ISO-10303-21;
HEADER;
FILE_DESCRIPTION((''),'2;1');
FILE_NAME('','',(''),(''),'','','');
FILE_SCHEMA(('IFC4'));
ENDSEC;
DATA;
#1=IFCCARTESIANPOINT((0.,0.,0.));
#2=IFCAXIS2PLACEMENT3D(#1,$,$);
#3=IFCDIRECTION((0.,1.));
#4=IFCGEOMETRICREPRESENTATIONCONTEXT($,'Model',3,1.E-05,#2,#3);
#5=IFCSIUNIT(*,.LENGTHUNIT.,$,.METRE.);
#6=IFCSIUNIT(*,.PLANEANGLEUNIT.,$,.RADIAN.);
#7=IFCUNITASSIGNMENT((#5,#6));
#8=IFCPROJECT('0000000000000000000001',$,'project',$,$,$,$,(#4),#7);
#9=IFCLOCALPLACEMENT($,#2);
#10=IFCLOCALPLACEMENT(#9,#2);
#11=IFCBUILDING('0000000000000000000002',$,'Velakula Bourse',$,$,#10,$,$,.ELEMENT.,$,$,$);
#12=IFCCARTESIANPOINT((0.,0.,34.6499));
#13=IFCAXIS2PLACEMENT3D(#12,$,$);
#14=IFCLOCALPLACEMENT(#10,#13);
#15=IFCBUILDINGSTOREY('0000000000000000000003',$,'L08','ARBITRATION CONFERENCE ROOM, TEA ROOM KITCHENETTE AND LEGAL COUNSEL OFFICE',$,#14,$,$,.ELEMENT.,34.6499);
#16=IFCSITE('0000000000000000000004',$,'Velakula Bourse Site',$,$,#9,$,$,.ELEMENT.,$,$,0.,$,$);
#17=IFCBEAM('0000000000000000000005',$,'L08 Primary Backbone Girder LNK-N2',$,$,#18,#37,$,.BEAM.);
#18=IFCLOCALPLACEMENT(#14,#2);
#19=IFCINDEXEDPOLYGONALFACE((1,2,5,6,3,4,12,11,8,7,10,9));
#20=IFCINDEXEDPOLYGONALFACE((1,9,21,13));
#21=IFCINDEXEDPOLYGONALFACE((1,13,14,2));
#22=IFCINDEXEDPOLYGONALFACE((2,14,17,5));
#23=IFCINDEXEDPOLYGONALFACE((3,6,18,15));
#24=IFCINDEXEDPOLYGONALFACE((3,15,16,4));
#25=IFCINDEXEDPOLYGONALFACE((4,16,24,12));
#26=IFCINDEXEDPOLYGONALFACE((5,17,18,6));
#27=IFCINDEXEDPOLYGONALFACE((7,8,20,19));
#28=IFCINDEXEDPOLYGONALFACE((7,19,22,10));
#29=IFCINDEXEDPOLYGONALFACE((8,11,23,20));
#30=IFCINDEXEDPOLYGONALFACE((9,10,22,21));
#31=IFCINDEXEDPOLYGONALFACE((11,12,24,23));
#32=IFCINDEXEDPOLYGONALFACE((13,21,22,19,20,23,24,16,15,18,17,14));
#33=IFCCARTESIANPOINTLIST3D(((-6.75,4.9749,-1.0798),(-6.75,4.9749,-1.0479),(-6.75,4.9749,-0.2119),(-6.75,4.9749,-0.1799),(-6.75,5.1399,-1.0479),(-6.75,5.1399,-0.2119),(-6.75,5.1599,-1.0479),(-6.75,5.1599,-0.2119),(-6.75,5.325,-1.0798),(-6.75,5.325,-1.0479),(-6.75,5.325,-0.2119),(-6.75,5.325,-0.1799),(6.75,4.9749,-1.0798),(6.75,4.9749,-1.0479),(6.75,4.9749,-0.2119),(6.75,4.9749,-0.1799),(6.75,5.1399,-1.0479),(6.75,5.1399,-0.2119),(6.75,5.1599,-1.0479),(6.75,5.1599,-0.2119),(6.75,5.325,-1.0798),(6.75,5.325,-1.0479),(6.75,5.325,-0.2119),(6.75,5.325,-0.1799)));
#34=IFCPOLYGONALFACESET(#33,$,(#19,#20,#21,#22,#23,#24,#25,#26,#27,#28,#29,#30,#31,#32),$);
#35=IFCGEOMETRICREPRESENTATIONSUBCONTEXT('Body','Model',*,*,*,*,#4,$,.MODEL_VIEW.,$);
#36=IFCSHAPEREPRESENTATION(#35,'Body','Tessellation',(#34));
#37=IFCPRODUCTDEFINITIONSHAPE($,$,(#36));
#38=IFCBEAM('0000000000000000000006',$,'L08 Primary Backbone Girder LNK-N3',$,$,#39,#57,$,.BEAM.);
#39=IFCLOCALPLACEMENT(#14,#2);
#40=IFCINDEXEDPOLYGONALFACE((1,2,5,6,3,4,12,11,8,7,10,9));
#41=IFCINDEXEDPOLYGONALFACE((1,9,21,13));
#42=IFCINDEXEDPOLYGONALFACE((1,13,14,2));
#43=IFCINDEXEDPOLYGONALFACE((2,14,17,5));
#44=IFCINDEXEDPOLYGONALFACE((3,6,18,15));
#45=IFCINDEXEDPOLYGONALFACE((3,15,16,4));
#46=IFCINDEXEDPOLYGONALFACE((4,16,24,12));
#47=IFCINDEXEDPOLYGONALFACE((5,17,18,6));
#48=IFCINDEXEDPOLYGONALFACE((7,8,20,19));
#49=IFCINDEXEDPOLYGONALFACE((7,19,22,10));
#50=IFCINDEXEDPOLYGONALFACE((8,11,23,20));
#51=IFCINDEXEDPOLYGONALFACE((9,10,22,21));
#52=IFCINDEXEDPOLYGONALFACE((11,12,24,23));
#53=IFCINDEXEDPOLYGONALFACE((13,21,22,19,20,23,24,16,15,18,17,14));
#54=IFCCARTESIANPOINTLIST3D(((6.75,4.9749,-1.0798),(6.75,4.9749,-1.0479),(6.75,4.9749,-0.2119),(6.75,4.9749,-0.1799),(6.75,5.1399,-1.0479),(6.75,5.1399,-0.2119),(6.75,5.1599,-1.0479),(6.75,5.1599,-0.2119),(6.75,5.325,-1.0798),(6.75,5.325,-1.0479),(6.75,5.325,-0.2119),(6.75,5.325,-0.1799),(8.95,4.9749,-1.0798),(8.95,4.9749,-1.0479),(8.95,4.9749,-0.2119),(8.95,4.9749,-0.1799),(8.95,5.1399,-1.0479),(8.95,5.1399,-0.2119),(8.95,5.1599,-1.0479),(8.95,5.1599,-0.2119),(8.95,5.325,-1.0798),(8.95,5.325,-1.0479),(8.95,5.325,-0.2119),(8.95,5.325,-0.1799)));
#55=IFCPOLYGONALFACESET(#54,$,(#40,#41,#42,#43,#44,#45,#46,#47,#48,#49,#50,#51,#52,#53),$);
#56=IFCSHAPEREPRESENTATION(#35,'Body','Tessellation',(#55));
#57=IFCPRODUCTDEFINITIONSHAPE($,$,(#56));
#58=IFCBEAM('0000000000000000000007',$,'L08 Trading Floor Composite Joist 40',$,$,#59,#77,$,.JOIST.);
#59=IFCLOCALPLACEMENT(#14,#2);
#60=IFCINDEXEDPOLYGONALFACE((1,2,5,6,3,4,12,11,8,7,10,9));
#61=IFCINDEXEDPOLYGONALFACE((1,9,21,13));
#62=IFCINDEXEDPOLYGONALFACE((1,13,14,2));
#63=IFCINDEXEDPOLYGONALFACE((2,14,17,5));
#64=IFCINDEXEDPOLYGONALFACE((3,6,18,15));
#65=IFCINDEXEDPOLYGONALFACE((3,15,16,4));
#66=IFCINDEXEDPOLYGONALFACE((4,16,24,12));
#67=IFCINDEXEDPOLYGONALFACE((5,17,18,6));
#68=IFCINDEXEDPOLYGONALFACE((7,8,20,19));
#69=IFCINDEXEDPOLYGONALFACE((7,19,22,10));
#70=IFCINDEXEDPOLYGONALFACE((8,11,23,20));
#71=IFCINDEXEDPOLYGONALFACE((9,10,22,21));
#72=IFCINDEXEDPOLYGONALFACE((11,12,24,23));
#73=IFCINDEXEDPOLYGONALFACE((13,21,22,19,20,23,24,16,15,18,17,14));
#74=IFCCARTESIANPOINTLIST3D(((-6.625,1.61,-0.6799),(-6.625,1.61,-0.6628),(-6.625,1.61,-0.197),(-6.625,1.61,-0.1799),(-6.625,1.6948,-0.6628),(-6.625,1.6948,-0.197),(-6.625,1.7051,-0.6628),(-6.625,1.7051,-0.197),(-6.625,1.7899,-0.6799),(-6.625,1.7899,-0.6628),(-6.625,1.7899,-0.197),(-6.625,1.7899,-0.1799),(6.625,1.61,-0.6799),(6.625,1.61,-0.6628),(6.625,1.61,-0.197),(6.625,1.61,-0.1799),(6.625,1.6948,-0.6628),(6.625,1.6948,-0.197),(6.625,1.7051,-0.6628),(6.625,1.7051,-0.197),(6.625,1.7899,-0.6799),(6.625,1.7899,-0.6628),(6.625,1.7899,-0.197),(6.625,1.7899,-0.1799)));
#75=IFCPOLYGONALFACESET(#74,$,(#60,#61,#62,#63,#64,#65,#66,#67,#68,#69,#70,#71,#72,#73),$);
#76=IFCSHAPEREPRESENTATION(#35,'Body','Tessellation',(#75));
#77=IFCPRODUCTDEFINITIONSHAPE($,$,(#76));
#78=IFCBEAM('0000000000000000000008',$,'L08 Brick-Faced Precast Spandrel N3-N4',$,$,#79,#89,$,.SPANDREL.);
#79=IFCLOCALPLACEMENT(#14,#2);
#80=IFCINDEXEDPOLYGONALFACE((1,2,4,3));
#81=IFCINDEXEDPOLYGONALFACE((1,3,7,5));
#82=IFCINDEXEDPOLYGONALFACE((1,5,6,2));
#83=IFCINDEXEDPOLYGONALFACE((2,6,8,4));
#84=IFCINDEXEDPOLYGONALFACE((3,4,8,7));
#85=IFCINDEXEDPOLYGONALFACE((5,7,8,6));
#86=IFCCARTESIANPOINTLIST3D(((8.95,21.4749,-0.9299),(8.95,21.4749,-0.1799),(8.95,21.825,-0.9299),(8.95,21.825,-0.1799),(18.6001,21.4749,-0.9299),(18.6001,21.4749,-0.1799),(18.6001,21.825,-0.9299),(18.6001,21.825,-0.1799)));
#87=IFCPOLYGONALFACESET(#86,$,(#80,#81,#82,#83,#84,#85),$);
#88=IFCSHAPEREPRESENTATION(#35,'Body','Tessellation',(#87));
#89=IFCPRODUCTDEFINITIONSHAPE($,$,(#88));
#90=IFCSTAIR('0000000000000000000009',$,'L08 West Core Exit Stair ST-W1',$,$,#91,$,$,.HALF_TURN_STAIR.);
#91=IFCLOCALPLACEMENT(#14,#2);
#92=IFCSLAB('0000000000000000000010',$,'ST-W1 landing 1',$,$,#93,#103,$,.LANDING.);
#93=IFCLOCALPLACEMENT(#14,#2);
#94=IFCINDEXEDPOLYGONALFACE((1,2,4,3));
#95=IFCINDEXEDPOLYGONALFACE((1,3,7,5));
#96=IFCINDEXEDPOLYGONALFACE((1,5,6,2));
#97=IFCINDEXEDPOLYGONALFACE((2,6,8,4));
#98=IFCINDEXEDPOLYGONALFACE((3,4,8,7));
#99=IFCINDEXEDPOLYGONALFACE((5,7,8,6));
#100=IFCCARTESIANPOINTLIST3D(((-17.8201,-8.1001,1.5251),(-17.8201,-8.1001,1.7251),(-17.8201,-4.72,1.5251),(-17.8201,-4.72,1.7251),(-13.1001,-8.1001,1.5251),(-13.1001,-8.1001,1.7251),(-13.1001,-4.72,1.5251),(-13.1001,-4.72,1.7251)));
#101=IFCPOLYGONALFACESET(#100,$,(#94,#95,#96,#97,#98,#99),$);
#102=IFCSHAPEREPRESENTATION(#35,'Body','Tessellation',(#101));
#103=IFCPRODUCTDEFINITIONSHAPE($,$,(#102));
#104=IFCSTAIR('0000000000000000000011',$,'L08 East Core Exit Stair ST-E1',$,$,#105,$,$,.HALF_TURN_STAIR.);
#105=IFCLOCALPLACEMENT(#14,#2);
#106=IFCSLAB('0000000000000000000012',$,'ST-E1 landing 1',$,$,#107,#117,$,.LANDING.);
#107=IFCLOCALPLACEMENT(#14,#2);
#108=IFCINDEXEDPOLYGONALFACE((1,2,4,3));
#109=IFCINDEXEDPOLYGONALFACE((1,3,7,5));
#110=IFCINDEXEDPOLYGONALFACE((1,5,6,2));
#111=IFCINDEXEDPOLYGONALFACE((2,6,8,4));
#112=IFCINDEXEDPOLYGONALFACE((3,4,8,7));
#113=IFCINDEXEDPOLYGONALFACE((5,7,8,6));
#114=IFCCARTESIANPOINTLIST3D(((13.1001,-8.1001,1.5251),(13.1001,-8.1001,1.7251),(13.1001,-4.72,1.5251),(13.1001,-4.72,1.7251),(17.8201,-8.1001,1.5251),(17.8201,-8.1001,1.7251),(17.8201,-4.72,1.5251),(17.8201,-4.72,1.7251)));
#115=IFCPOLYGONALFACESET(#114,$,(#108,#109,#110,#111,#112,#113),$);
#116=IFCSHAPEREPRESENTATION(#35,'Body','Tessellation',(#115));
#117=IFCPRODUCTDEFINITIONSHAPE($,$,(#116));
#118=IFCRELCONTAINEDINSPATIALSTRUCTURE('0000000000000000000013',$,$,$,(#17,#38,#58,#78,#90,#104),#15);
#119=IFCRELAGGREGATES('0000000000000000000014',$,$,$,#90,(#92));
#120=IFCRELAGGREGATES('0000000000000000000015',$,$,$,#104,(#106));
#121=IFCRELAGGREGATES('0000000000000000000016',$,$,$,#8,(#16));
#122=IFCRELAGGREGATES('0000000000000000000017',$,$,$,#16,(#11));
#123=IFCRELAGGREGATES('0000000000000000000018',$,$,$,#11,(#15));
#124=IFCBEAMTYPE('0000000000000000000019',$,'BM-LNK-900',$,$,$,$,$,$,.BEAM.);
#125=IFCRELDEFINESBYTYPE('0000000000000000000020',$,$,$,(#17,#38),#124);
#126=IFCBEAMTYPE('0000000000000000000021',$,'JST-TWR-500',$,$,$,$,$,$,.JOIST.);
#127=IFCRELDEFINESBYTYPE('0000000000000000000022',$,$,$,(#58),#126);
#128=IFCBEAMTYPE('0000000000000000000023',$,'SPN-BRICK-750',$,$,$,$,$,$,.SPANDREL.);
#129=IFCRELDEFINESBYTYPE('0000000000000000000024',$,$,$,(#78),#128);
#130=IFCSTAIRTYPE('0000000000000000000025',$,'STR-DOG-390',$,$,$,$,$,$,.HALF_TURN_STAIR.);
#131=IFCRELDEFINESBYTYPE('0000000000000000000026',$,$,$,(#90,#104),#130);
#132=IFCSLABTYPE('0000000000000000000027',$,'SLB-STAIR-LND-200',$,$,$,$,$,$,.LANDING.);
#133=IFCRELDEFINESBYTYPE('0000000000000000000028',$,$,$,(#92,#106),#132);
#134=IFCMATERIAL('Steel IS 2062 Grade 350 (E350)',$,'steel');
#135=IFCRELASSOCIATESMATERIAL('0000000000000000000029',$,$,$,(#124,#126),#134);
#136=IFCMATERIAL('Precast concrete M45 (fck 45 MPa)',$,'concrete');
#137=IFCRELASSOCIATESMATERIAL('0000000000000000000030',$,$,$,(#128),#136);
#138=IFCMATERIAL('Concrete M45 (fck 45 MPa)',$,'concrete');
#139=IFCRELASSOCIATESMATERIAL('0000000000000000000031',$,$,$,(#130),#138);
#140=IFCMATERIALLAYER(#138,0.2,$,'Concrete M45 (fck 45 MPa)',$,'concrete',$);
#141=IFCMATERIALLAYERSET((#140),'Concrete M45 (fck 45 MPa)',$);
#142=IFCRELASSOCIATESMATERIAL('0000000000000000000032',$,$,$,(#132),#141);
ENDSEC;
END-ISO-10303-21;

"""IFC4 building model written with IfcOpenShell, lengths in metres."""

from ifc_helpers import new_model, si_unit, direction, frame, origin, origin_2d, place, context, subcontext, project, spatial, polyline, rectangle, i_section, outline, extrude, material, layer, layer_set, material_profile, profile_set, type_object, element, aggregate, save


model = new_model("IFC4")

# Units and contexts
model_context = context("Model", 3, precision=1e-05, world=origin(), true_north=direction((0.0, 1.0)))
body_context = subcontext(model_context, "Body", "Model", "MODEL_VIEW")
ifc_project = project(units=[si_unit("LENGTHUNIT", "METRE"), si_unit("PLANEANGLEUNIT", "RADIAN")], contexts=[model_context])

# Site, building, storey
site_placement = place(None, origin())
site = spatial("IfcSite", under=ifc_project, at=site_placement, Name="Velakula Bourse Site", CompositionType="ELEMENT", RefElevation=0.0)
building_placement = place(site_placement, origin())
building = spatial("IfcBuilding", under=site, at=building_placement, Name="Velakula Bourse", CompositionType="ELEMENT")
storey_placement = place(building_placement, frame((0.0, 0.0, 34.6499)))
storey = spatial("IfcBuildingStorey", under=building, at=storey_placement, Name="L08", Description="ARBITRATION CONFERENCE ROOM, TEA ROOM KITCHENETTE AND LEGAL COUNSEL OFFICE", CompositionType="ELEMENT", Elevation=34.6499)

# Beams
ifc_material_1 = material(Name="Steel IS 2062 Grade 350 (E350)", Category="steel")
ifc_material_profile_1 = material_profile(ifc_material_1, i_section(OverallWidth=0.3501, OverallDepth=0.8999, WebThickness=0.02, FlangeThickness=0.032, at=origin_2d()), Name="Steel IS 2062 Grade 350 (E350)")
ifc_profile_set_1 = profile_set([ifc_material_profile_1], Name="Steel IS 2062 Grade 350 (E350)")
beam_type_1 = type_object("IfcBeamType", Name="BM-LNK-900", PredefinedType="BEAM", material=ifc_profile_set_1)
beam_1_placement = place(storey_placement, frame((-6.75, 5.1499, -0.6299), z_axis=(1.0, 0.0, 0.0), x_axis=(0.0, 1.0, 0.0)))
element("IfcBeam", 1, at=beam_1_placement, inside=storey, type_object=beam_type_1, Name="L08 Primary Backbone Girder LNK-N2", PredefinedType="BEAM", context=body_context, shape_type="SweptSolid", body=[
    extrude(i_section(OverallWidth=0.3501, OverallDepth=0.8999, WebThickness=0.02, FlangeThickness=0.032, at=origin_2d()), origin(), (0.0, 0.0, 1.0), 13.5),
])
beam_2_placement = place(storey_placement, frame((6.75, 5.1499, -0.6299), z_axis=(1.0, 0.0, 0.0), x_axis=(0.0, 1.0, 0.0)))
element("IfcBeam", 2, at=beam_2_placement, inside=storey, type_object=beam_type_1, Name="L08 Primary Backbone Girder LNK-N3", PredefinedType="BEAM", context=body_context, shape_type="SweptSolid", body=[
    extrude(i_section(OverallWidth=0.3501, OverallDepth=0.8999, WebThickness=0.02, FlangeThickness=0.032, at=origin_2d()), origin(), (0.0, 0.0, 1.0), 2.2),
])
ifc_material_profile_2 = material_profile(ifc_material_1, i_section(OverallWidth=0.1799, OverallDepth=0.5, WebThickness=0.0103, FlangeThickness=0.0171, at=origin_2d()), Name="Steel IS 2062 Grade 350 (E350)")
ifc_profile_set_2 = profile_set([ifc_material_profile_2], Name="Steel IS 2062 Grade 350 (E350)")
beam_type_2 = type_object("IfcBeamType", Name="JST-TWR-500", PredefinedType="JOIST", material=ifc_profile_set_2)
beam_3_placement = place(storey_placement, frame((-6.625, 1.7, -0.4299), z_axis=(1.0, 0.0, 0.0), x_axis=(0.0, 1.0, 0.0)))
element("IfcBeam", 3, at=beam_3_placement, inside=storey, type_object=beam_type_2, Name="L08 Trading Floor Composite Joist 40", PredefinedType="JOIST", context=body_context, shape_type="SweptSolid", body=[
    extrude(i_section(OverallWidth=0.1799, OverallDepth=0.5, WebThickness=0.0103, FlangeThickness=0.0171, at=origin_2d()), origin(), (0.0, 0.0, 1.0), 13.25),
])
ifc_material_2 = material(Name="Precast concrete M45 (fck 45 MPa)", Category="concrete")
ifc_material_profile_3 = material_profile(ifc_material_2, rectangle(XDim=0.3501, YDim=0.75, at=origin_2d()), Name="Precast concrete M45 (fck 45 MPa)")
ifc_profile_set_3 = profile_set([ifc_material_profile_3], Name="Precast concrete M45 (fck 45 MPa)")
beam_type_3 = type_object("IfcBeamType", Name="SPN-BRICK-750", PredefinedType="SPANDREL", material=ifc_profile_set_3)
beam_4_placement = place(storey_placement, frame((8.95, 21.6499, -0.5549), z_axis=(1.0, 0.0, 0.0), x_axis=(0.0, 1.0, 0.0)))
element("IfcBeam", 4, at=beam_4_placement, inside=storey, type_object=beam_type_3, Name="L08 Brick-Faced Precast Spandrel N3-N4", PredefinedType="SPANDREL", context=body_context, shape_type="SweptSolid", body=[
    extrude(rectangle(XDim=0.3501, YDim=0.75, at=origin_2d()), origin(), (0.0, 0.0, 1.0), 9.6501),
])

# Stairs, slabs
ifc_material_3 = material(Name="Concrete M45 (fck 45 MPa)", Category="concrete")
stair_type = type_object("IfcStairType", Name="STR-DOG-390", PredefinedType="HALF_TURN_STAIR", material=ifc_material_3)
stair_1_placement = place(storey_placement, origin())
stair_1 = element("IfcStair", 5, at=stair_1_placement, inside=storey, type_object=stair_type, Name="L08 West Core Exit Stair ST-W1", PredefinedType="HALF_TURN_STAIR")
ifc_layer_1 = layer(ifc_material_3, 0.2, Name="Concrete M45 (fck 45 MPa)", Category="concrete")
ifc_layer_set_1 = layer_set([ifc_layer_1], Name="Concrete M45 (fck 45 MPa)")
slab_type_1 = type_object("IfcSlabType", Name="SLB-STAIR-LND-200", PredefinedType="LANDING", material=ifc_layer_set_1)
slab_1_placement = place(storey_placement, frame((0.0, 0.0, 1.5251)))
slab_1 = element("IfcSlab", 6, at=slab_1_placement, type_object=slab_type_1, Name="ST-W1 landing 1", PredefinedType="LANDING", context=body_context, shape_type="SweptSolid", body=[
    extrude(outline(polyline([(-17.8201, -4.72), (-17.8201, -8.1001), (-13.1001, -8.1001), (-13.1001, -4.72), (-17.8201, -4.72)])), origin(), (0.0, 0.0, 1.0), 0.2),
])
aggregate(stair_1, [slab_1])
stair_2_placement = place(storey_placement, origin())
stair_2 = element("IfcStair", 7, at=stair_2_placement, inside=storey, type_object=stair_type, Name="L08 East Core Exit Stair ST-E1", PredefinedType="HALF_TURN_STAIR")
slab_2_placement = place(storey_placement, frame((0.0, 0.0, 1.5251)))
slab_2 = element("IfcSlab", 8, at=slab_2_placement, type_object=slab_type_1, Name="ST-E1 landing 1", PredefinedType="LANDING", context=body_context, shape_type="SweptSolid", body=[
    extrude(outline(polyline([(13.1001, -4.72), (13.1001, -8.1001), (17.8201, -8.1001), (17.8201, -4.72), (13.1001, -4.72)])), origin(), (0.0, 0.0, 1.0), 0.2),
])
aggregate(stair_2, [slab_2])

save(model, "model.ifc")
